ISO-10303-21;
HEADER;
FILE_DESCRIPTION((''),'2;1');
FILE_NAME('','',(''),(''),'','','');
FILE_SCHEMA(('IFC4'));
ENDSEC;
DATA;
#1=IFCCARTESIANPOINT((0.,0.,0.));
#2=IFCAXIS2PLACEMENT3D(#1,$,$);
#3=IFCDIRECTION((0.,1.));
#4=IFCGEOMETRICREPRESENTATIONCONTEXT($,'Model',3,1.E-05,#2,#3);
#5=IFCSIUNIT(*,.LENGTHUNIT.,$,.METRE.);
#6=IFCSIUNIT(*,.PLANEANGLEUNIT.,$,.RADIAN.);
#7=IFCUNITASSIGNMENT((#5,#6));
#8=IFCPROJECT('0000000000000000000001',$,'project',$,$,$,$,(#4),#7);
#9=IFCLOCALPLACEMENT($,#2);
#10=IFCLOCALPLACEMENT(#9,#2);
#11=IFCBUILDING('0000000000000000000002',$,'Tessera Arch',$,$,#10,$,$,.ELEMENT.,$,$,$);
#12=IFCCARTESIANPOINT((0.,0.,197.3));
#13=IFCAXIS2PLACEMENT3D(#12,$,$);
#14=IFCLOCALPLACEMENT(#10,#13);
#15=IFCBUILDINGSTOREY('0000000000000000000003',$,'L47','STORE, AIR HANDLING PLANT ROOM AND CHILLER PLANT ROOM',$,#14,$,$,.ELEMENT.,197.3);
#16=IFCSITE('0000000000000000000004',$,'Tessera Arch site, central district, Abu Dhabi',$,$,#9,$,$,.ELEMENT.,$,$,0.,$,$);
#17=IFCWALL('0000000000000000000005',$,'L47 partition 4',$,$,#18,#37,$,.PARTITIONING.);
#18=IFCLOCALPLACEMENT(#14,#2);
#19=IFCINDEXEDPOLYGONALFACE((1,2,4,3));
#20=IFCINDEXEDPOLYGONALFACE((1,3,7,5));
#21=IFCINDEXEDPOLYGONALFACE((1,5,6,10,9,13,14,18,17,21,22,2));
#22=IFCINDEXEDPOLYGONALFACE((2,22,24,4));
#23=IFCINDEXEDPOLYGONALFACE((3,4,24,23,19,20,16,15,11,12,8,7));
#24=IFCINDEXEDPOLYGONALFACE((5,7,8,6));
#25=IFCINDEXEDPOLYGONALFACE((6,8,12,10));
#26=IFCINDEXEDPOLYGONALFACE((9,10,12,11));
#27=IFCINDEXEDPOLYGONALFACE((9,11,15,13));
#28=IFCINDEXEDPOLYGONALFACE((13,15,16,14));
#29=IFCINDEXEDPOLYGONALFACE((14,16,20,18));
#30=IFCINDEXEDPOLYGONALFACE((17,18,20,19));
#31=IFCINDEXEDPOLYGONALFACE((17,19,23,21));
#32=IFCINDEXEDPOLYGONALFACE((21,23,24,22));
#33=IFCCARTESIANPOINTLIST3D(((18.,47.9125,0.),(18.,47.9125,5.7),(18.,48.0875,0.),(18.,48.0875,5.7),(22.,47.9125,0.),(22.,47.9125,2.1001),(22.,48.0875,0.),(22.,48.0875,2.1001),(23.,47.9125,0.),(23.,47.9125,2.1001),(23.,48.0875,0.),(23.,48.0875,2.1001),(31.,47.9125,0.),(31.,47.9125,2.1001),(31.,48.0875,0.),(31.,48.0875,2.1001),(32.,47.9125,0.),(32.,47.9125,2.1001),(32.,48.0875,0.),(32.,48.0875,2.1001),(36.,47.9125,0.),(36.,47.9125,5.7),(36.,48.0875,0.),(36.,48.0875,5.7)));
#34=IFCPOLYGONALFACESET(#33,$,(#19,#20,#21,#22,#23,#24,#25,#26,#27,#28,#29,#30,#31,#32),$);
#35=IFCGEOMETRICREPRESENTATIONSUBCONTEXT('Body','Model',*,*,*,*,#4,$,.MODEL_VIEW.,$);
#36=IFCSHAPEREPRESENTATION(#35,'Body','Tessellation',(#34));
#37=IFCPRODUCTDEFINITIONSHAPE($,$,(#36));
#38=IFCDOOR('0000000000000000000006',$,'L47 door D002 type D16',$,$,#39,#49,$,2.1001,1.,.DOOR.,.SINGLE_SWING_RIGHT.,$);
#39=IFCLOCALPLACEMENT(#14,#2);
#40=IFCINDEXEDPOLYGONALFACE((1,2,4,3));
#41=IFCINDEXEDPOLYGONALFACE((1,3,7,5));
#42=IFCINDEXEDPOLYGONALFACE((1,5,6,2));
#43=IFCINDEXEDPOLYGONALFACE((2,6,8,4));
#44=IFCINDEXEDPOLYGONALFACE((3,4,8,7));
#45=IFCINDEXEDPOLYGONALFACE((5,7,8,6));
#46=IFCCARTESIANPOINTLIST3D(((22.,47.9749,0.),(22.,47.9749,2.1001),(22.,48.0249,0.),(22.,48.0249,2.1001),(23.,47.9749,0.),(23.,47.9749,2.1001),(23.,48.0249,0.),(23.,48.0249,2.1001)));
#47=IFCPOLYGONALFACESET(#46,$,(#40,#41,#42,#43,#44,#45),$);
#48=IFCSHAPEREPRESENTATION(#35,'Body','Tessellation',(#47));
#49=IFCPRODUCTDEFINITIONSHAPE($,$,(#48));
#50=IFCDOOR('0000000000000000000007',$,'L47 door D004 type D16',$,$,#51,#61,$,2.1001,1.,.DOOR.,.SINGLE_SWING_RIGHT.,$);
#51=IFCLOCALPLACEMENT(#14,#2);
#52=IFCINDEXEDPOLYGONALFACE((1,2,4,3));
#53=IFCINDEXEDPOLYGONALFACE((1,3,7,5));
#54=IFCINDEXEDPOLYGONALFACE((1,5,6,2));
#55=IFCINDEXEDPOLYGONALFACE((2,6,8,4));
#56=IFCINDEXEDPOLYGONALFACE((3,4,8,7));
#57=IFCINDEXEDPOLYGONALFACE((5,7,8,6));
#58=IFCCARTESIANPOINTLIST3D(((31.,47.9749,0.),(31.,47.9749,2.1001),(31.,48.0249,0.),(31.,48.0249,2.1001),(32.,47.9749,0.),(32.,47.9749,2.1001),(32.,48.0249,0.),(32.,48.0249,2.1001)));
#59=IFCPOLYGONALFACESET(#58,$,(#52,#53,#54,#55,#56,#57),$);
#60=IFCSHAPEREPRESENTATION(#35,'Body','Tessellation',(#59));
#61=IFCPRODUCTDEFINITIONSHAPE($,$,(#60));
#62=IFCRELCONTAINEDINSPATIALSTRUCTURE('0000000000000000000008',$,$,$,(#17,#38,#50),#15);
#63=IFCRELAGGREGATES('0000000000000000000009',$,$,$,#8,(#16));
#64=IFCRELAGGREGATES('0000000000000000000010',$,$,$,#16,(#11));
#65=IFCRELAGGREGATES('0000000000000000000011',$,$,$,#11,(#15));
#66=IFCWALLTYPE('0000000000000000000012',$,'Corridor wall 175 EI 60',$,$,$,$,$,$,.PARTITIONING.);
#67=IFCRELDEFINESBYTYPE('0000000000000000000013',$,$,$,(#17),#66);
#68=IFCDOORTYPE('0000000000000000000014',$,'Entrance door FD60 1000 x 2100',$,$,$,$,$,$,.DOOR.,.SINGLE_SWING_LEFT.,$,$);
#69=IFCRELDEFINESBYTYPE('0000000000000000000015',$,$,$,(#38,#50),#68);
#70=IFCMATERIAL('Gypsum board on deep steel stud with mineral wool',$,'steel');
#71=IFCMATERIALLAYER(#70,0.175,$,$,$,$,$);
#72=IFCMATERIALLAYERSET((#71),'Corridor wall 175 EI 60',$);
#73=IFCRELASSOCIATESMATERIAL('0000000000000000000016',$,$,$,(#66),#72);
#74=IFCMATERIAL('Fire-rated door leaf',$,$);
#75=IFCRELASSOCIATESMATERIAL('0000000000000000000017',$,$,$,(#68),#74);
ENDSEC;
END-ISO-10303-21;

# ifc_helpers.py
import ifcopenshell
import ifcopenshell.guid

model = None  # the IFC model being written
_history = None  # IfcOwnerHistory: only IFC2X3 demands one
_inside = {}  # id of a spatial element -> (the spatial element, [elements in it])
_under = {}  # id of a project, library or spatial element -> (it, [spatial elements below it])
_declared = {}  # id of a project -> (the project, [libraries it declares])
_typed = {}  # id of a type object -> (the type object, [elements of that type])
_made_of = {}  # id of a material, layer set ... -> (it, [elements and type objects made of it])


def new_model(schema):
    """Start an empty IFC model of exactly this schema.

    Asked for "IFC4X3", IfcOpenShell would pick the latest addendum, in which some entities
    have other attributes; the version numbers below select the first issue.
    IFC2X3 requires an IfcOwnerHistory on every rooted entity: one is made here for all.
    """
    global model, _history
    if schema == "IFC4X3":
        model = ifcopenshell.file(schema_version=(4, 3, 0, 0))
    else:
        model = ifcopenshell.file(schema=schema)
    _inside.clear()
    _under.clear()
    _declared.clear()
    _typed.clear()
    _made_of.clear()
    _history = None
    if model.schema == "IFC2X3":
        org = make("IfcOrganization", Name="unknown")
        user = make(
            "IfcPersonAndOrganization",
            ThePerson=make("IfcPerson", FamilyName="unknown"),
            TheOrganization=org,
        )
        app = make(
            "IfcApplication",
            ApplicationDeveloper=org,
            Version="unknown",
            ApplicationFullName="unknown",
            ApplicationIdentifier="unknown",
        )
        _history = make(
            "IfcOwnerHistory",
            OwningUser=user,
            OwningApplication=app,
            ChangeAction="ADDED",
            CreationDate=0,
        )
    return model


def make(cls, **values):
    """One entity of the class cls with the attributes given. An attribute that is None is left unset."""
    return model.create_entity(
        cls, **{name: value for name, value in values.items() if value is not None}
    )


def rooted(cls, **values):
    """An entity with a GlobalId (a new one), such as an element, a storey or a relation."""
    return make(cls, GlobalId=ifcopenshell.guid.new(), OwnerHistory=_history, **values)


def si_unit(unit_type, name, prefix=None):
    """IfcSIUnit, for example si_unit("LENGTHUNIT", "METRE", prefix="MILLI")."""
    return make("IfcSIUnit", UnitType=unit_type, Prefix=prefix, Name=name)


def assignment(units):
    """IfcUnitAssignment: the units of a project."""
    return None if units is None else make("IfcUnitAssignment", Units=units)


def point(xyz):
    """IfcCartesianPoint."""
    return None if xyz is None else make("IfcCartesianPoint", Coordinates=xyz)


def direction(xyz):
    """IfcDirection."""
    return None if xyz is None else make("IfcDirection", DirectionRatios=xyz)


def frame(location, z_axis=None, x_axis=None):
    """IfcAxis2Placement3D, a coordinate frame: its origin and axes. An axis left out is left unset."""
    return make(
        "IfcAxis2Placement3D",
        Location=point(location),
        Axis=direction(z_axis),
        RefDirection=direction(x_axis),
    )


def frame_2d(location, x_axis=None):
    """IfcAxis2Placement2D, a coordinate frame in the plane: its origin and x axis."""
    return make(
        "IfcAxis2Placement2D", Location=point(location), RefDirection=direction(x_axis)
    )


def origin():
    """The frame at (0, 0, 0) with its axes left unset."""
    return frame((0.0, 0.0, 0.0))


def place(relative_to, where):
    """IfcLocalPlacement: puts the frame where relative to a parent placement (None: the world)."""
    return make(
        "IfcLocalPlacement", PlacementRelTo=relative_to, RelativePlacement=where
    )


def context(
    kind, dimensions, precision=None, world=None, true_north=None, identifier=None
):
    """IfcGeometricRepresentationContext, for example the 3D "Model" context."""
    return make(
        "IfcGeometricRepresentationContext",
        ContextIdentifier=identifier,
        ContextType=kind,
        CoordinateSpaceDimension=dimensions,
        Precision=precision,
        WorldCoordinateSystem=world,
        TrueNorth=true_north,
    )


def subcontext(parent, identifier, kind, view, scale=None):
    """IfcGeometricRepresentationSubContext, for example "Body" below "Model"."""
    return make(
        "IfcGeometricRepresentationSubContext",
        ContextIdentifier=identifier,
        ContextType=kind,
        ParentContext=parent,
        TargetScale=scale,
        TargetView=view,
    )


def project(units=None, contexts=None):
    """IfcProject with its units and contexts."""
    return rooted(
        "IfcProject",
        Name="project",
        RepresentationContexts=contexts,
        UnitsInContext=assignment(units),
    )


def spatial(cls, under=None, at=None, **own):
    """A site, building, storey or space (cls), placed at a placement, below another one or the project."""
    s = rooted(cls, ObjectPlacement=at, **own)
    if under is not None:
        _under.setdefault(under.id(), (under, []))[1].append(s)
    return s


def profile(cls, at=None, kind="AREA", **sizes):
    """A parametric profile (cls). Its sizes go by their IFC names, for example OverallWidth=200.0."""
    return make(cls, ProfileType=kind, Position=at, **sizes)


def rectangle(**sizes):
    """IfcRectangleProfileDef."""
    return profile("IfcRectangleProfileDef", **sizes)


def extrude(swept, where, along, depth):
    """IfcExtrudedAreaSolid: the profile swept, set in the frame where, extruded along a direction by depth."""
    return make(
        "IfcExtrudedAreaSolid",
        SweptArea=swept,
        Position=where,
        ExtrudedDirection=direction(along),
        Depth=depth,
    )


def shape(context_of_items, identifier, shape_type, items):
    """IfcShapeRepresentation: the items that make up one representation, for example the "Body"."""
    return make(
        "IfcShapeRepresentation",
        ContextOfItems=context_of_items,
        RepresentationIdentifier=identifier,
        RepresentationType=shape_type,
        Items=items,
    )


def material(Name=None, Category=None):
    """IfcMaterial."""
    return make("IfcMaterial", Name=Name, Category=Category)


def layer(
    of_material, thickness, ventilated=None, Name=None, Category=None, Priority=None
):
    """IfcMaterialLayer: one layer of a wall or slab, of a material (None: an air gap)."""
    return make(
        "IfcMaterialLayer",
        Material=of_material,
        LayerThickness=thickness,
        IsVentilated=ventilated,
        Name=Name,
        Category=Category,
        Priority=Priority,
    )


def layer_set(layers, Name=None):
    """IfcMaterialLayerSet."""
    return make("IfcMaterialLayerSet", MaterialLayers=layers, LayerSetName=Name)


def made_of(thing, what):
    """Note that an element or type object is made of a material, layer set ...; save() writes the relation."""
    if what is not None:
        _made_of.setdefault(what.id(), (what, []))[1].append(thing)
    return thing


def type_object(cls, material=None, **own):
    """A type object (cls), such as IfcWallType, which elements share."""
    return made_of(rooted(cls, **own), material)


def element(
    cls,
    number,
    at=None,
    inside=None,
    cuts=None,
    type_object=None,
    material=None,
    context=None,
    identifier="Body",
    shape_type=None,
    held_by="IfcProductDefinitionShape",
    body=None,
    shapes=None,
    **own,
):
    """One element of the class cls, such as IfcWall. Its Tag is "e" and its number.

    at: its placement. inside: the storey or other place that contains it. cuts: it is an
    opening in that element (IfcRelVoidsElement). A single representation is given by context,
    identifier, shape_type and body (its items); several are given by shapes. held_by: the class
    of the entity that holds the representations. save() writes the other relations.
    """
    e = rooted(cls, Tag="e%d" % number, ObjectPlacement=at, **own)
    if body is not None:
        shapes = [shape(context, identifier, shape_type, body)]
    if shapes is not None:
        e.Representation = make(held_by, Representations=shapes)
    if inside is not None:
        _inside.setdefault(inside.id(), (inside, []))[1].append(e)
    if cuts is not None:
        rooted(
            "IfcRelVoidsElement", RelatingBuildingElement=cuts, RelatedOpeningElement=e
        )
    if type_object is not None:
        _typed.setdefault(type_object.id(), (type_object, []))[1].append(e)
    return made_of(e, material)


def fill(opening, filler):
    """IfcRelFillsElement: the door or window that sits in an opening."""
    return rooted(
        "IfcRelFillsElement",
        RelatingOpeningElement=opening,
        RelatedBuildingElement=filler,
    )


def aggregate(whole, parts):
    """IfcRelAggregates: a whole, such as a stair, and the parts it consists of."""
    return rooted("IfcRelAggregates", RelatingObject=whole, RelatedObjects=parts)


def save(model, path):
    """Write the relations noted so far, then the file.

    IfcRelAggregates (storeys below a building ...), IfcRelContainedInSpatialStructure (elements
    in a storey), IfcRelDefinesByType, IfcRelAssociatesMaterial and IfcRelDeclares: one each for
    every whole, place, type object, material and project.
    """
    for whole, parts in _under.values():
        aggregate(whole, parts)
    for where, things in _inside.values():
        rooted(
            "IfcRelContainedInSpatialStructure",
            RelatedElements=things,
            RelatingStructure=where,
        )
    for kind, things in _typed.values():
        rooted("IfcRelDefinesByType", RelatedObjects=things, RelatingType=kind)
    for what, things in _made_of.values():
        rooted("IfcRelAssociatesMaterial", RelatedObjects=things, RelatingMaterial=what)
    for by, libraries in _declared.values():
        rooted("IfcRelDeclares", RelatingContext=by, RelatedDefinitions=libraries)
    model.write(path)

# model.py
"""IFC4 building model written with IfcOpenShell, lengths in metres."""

from ifc_helpers import new_model, si_unit, direction, frame, frame_2d, origin, place, context, subcontext, project, spatial, rectangle, extrude, material, layer, layer_set, type_object, element, fill, save


model = new_model("IFC4")

# Units and contexts
model_context = context("Model", 3, precision=1e-05, world=origin(), true_north=direction((0.0, 1.0)))
body_context = subcontext(model_context, "Body", "Model", "MODEL_VIEW")
ifc_project = project(units=[si_unit("LENGTHUNIT", "METRE"), si_unit("PLANEANGLEUNIT", "RADIAN")], contexts=[model_context])

# Site, building, storey
site_placement = place(None, origin())
site = spatial("IfcSite", under=ifc_project, at=site_placement, Name="Tessera Arch site, central district, Abu Dhabi", CompositionType="ELEMENT", RefElevation=0.0)
building_placement = place(site_placement, origin())
building = spatial("IfcBuilding", under=site, at=building_placement, Name="Tessera Arch", CompositionType="ELEMENT")
storey_placement = place(building_placement, frame((0.0, 0.0, 197.3)))
storey = spatial("IfcBuildingStorey", under=building, at=storey_placement, Name="L47", Description="STORE, AIR HANDLING PLANT ROOM AND CHILLER PLANT ROOM", CompositionType="ELEMENT", Elevation=197.3)

# Shared definitions
ifc_material_1 = material(Name="Gypsum board on deep steel stud with mineral wool", Category="steel")
ifc_layer_1 = layer(ifc_material_1, 0.175)
ifc_layer_set_1 = layer_set([ifc_layer_1], Name="Corridor wall 175 EI 60")
wall_type = type_object("IfcWallType", Name="Corridor wall 175 EI 60", PredefinedType="PARTITIONING", material=ifc_layer_set_1)

# Wall, openings, doors
wall_1_placement = place(storey_placement, frame((18.0, 48.0, 0.0), z_axis=(0.0, 0.0, 1.0), x_axis=(1.0, 0.0, 0.0)))
wall_1 = element("IfcWall", 1, at=wall_1_placement, inside=storey, type_object=wall_type, Name="L47 partition 4", PredefinedType="PARTITIONING", context=body_context, shape_type="SweptSolid", body=[
    extrude(rectangle(XDim=18.0, YDim=0.175, at=frame_2d((9.0, 0.0))), origin(), (0.0, 0.0, 1.0), 5.7),
])
opening_1_placement = place(wall_1_placement, frame((4.0, 0.0, 0.0)))
opening_1 = element("IfcOpeningElement", 2, at=opening_1_placement, cuts=wall_1, PredefinedType="OPENING", context=body_context, shape_type="SweptSolid", body=[
    extrude(rectangle(XDim=1.0, YDim=2.1001, at=frame_2d((0.5, 1.05))), frame((0.0, 0.0974, 0.0), z_axis=(0.0, -1.0, 0.0), x_axis=(1.0, 0.0, 0.0)), (0.0, 0.0, 1.0), 0.1951),
])
opening_2_placement = place(wall_1_placement, frame((13.0, 0.0, 0.0)))
opening_2 = element("IfcOpeningElement", 3, at=opening_2_placement, cuts=wall_1, PredefinedType="OPENING", context=body_context, shape_type="SweptSolid", body=[
    extrude(rectangle(XDim=1.0, YDim=2.1001, at=frame_2d((0.5, 1.05))), frame((0.0, 0.0974, 0.0), z_axis=(0.0, -1.0, 0.0), x_axis=(1.0, 0.0, 0.0)), (0.0, 0.0, 1.0), 0.1951),
])
ifc_material_2 = material(Name="Fire-rated door leaf")
door_type = type_object("IfcDoorType", Name="Entrance door FD60 1000 x 2100", OperationType="SINGLE_SWING_LEFT", PredefinedType="DOOR", material=ifc_material_2)
door_1_placement = place(opening_1_placement, origin())
door_1 = element("IfcDoor", 4, at=door_1_placement, inside=storey, type_object=door_type, Name="L47 door D002 type D16", OperationType="SINGLE_SWING_RIGHT", OverallHeight=2.1001, OverallWidth=1.0, PredefinedType="DOOR", context=body_context, shape_type="SweptSolid", body=[
    extrude(rectangle(XDim=1.0, YDim=2.1001, at=frame_2d((0.5, 1.05))), frame((0.0, 0.0249, 0.0), z_axis=(0.0, -1.0, 0.0), x_axis=(1.0, 0.0, 0.0)), (0.0, 0.0, 1.0), 0.05),
])
fill(opening_1, door_1)
door_2_placement = place(opening_2_placement, origin())
door_2 = element("IfcDoor", 5, at=door_2_placement, inside=storey, type_object=door_type, Name="L47 door D004 type D16", OperationType="SINGLE_SWING_RIGHT", OverallHeight=2.1001, OverallWidth=1.0, PredefinedType="DOOR", context=body_context, shape_type="SweptSolid", body=[
    extrude(rectangle(XDim=1.0, YDim=2.1001, at=frame_2d((0.5, 1.05))), frame((0.0, 0.0249, 0.0), z_axis=(0.0, -1.0, 0.0), x_axis=(1.0, 0.0, 0.0)), (0.0, 0.0, 1.0), 0.05),
])
fill(opening_2, door_2)

save(model, "model.ifc")
